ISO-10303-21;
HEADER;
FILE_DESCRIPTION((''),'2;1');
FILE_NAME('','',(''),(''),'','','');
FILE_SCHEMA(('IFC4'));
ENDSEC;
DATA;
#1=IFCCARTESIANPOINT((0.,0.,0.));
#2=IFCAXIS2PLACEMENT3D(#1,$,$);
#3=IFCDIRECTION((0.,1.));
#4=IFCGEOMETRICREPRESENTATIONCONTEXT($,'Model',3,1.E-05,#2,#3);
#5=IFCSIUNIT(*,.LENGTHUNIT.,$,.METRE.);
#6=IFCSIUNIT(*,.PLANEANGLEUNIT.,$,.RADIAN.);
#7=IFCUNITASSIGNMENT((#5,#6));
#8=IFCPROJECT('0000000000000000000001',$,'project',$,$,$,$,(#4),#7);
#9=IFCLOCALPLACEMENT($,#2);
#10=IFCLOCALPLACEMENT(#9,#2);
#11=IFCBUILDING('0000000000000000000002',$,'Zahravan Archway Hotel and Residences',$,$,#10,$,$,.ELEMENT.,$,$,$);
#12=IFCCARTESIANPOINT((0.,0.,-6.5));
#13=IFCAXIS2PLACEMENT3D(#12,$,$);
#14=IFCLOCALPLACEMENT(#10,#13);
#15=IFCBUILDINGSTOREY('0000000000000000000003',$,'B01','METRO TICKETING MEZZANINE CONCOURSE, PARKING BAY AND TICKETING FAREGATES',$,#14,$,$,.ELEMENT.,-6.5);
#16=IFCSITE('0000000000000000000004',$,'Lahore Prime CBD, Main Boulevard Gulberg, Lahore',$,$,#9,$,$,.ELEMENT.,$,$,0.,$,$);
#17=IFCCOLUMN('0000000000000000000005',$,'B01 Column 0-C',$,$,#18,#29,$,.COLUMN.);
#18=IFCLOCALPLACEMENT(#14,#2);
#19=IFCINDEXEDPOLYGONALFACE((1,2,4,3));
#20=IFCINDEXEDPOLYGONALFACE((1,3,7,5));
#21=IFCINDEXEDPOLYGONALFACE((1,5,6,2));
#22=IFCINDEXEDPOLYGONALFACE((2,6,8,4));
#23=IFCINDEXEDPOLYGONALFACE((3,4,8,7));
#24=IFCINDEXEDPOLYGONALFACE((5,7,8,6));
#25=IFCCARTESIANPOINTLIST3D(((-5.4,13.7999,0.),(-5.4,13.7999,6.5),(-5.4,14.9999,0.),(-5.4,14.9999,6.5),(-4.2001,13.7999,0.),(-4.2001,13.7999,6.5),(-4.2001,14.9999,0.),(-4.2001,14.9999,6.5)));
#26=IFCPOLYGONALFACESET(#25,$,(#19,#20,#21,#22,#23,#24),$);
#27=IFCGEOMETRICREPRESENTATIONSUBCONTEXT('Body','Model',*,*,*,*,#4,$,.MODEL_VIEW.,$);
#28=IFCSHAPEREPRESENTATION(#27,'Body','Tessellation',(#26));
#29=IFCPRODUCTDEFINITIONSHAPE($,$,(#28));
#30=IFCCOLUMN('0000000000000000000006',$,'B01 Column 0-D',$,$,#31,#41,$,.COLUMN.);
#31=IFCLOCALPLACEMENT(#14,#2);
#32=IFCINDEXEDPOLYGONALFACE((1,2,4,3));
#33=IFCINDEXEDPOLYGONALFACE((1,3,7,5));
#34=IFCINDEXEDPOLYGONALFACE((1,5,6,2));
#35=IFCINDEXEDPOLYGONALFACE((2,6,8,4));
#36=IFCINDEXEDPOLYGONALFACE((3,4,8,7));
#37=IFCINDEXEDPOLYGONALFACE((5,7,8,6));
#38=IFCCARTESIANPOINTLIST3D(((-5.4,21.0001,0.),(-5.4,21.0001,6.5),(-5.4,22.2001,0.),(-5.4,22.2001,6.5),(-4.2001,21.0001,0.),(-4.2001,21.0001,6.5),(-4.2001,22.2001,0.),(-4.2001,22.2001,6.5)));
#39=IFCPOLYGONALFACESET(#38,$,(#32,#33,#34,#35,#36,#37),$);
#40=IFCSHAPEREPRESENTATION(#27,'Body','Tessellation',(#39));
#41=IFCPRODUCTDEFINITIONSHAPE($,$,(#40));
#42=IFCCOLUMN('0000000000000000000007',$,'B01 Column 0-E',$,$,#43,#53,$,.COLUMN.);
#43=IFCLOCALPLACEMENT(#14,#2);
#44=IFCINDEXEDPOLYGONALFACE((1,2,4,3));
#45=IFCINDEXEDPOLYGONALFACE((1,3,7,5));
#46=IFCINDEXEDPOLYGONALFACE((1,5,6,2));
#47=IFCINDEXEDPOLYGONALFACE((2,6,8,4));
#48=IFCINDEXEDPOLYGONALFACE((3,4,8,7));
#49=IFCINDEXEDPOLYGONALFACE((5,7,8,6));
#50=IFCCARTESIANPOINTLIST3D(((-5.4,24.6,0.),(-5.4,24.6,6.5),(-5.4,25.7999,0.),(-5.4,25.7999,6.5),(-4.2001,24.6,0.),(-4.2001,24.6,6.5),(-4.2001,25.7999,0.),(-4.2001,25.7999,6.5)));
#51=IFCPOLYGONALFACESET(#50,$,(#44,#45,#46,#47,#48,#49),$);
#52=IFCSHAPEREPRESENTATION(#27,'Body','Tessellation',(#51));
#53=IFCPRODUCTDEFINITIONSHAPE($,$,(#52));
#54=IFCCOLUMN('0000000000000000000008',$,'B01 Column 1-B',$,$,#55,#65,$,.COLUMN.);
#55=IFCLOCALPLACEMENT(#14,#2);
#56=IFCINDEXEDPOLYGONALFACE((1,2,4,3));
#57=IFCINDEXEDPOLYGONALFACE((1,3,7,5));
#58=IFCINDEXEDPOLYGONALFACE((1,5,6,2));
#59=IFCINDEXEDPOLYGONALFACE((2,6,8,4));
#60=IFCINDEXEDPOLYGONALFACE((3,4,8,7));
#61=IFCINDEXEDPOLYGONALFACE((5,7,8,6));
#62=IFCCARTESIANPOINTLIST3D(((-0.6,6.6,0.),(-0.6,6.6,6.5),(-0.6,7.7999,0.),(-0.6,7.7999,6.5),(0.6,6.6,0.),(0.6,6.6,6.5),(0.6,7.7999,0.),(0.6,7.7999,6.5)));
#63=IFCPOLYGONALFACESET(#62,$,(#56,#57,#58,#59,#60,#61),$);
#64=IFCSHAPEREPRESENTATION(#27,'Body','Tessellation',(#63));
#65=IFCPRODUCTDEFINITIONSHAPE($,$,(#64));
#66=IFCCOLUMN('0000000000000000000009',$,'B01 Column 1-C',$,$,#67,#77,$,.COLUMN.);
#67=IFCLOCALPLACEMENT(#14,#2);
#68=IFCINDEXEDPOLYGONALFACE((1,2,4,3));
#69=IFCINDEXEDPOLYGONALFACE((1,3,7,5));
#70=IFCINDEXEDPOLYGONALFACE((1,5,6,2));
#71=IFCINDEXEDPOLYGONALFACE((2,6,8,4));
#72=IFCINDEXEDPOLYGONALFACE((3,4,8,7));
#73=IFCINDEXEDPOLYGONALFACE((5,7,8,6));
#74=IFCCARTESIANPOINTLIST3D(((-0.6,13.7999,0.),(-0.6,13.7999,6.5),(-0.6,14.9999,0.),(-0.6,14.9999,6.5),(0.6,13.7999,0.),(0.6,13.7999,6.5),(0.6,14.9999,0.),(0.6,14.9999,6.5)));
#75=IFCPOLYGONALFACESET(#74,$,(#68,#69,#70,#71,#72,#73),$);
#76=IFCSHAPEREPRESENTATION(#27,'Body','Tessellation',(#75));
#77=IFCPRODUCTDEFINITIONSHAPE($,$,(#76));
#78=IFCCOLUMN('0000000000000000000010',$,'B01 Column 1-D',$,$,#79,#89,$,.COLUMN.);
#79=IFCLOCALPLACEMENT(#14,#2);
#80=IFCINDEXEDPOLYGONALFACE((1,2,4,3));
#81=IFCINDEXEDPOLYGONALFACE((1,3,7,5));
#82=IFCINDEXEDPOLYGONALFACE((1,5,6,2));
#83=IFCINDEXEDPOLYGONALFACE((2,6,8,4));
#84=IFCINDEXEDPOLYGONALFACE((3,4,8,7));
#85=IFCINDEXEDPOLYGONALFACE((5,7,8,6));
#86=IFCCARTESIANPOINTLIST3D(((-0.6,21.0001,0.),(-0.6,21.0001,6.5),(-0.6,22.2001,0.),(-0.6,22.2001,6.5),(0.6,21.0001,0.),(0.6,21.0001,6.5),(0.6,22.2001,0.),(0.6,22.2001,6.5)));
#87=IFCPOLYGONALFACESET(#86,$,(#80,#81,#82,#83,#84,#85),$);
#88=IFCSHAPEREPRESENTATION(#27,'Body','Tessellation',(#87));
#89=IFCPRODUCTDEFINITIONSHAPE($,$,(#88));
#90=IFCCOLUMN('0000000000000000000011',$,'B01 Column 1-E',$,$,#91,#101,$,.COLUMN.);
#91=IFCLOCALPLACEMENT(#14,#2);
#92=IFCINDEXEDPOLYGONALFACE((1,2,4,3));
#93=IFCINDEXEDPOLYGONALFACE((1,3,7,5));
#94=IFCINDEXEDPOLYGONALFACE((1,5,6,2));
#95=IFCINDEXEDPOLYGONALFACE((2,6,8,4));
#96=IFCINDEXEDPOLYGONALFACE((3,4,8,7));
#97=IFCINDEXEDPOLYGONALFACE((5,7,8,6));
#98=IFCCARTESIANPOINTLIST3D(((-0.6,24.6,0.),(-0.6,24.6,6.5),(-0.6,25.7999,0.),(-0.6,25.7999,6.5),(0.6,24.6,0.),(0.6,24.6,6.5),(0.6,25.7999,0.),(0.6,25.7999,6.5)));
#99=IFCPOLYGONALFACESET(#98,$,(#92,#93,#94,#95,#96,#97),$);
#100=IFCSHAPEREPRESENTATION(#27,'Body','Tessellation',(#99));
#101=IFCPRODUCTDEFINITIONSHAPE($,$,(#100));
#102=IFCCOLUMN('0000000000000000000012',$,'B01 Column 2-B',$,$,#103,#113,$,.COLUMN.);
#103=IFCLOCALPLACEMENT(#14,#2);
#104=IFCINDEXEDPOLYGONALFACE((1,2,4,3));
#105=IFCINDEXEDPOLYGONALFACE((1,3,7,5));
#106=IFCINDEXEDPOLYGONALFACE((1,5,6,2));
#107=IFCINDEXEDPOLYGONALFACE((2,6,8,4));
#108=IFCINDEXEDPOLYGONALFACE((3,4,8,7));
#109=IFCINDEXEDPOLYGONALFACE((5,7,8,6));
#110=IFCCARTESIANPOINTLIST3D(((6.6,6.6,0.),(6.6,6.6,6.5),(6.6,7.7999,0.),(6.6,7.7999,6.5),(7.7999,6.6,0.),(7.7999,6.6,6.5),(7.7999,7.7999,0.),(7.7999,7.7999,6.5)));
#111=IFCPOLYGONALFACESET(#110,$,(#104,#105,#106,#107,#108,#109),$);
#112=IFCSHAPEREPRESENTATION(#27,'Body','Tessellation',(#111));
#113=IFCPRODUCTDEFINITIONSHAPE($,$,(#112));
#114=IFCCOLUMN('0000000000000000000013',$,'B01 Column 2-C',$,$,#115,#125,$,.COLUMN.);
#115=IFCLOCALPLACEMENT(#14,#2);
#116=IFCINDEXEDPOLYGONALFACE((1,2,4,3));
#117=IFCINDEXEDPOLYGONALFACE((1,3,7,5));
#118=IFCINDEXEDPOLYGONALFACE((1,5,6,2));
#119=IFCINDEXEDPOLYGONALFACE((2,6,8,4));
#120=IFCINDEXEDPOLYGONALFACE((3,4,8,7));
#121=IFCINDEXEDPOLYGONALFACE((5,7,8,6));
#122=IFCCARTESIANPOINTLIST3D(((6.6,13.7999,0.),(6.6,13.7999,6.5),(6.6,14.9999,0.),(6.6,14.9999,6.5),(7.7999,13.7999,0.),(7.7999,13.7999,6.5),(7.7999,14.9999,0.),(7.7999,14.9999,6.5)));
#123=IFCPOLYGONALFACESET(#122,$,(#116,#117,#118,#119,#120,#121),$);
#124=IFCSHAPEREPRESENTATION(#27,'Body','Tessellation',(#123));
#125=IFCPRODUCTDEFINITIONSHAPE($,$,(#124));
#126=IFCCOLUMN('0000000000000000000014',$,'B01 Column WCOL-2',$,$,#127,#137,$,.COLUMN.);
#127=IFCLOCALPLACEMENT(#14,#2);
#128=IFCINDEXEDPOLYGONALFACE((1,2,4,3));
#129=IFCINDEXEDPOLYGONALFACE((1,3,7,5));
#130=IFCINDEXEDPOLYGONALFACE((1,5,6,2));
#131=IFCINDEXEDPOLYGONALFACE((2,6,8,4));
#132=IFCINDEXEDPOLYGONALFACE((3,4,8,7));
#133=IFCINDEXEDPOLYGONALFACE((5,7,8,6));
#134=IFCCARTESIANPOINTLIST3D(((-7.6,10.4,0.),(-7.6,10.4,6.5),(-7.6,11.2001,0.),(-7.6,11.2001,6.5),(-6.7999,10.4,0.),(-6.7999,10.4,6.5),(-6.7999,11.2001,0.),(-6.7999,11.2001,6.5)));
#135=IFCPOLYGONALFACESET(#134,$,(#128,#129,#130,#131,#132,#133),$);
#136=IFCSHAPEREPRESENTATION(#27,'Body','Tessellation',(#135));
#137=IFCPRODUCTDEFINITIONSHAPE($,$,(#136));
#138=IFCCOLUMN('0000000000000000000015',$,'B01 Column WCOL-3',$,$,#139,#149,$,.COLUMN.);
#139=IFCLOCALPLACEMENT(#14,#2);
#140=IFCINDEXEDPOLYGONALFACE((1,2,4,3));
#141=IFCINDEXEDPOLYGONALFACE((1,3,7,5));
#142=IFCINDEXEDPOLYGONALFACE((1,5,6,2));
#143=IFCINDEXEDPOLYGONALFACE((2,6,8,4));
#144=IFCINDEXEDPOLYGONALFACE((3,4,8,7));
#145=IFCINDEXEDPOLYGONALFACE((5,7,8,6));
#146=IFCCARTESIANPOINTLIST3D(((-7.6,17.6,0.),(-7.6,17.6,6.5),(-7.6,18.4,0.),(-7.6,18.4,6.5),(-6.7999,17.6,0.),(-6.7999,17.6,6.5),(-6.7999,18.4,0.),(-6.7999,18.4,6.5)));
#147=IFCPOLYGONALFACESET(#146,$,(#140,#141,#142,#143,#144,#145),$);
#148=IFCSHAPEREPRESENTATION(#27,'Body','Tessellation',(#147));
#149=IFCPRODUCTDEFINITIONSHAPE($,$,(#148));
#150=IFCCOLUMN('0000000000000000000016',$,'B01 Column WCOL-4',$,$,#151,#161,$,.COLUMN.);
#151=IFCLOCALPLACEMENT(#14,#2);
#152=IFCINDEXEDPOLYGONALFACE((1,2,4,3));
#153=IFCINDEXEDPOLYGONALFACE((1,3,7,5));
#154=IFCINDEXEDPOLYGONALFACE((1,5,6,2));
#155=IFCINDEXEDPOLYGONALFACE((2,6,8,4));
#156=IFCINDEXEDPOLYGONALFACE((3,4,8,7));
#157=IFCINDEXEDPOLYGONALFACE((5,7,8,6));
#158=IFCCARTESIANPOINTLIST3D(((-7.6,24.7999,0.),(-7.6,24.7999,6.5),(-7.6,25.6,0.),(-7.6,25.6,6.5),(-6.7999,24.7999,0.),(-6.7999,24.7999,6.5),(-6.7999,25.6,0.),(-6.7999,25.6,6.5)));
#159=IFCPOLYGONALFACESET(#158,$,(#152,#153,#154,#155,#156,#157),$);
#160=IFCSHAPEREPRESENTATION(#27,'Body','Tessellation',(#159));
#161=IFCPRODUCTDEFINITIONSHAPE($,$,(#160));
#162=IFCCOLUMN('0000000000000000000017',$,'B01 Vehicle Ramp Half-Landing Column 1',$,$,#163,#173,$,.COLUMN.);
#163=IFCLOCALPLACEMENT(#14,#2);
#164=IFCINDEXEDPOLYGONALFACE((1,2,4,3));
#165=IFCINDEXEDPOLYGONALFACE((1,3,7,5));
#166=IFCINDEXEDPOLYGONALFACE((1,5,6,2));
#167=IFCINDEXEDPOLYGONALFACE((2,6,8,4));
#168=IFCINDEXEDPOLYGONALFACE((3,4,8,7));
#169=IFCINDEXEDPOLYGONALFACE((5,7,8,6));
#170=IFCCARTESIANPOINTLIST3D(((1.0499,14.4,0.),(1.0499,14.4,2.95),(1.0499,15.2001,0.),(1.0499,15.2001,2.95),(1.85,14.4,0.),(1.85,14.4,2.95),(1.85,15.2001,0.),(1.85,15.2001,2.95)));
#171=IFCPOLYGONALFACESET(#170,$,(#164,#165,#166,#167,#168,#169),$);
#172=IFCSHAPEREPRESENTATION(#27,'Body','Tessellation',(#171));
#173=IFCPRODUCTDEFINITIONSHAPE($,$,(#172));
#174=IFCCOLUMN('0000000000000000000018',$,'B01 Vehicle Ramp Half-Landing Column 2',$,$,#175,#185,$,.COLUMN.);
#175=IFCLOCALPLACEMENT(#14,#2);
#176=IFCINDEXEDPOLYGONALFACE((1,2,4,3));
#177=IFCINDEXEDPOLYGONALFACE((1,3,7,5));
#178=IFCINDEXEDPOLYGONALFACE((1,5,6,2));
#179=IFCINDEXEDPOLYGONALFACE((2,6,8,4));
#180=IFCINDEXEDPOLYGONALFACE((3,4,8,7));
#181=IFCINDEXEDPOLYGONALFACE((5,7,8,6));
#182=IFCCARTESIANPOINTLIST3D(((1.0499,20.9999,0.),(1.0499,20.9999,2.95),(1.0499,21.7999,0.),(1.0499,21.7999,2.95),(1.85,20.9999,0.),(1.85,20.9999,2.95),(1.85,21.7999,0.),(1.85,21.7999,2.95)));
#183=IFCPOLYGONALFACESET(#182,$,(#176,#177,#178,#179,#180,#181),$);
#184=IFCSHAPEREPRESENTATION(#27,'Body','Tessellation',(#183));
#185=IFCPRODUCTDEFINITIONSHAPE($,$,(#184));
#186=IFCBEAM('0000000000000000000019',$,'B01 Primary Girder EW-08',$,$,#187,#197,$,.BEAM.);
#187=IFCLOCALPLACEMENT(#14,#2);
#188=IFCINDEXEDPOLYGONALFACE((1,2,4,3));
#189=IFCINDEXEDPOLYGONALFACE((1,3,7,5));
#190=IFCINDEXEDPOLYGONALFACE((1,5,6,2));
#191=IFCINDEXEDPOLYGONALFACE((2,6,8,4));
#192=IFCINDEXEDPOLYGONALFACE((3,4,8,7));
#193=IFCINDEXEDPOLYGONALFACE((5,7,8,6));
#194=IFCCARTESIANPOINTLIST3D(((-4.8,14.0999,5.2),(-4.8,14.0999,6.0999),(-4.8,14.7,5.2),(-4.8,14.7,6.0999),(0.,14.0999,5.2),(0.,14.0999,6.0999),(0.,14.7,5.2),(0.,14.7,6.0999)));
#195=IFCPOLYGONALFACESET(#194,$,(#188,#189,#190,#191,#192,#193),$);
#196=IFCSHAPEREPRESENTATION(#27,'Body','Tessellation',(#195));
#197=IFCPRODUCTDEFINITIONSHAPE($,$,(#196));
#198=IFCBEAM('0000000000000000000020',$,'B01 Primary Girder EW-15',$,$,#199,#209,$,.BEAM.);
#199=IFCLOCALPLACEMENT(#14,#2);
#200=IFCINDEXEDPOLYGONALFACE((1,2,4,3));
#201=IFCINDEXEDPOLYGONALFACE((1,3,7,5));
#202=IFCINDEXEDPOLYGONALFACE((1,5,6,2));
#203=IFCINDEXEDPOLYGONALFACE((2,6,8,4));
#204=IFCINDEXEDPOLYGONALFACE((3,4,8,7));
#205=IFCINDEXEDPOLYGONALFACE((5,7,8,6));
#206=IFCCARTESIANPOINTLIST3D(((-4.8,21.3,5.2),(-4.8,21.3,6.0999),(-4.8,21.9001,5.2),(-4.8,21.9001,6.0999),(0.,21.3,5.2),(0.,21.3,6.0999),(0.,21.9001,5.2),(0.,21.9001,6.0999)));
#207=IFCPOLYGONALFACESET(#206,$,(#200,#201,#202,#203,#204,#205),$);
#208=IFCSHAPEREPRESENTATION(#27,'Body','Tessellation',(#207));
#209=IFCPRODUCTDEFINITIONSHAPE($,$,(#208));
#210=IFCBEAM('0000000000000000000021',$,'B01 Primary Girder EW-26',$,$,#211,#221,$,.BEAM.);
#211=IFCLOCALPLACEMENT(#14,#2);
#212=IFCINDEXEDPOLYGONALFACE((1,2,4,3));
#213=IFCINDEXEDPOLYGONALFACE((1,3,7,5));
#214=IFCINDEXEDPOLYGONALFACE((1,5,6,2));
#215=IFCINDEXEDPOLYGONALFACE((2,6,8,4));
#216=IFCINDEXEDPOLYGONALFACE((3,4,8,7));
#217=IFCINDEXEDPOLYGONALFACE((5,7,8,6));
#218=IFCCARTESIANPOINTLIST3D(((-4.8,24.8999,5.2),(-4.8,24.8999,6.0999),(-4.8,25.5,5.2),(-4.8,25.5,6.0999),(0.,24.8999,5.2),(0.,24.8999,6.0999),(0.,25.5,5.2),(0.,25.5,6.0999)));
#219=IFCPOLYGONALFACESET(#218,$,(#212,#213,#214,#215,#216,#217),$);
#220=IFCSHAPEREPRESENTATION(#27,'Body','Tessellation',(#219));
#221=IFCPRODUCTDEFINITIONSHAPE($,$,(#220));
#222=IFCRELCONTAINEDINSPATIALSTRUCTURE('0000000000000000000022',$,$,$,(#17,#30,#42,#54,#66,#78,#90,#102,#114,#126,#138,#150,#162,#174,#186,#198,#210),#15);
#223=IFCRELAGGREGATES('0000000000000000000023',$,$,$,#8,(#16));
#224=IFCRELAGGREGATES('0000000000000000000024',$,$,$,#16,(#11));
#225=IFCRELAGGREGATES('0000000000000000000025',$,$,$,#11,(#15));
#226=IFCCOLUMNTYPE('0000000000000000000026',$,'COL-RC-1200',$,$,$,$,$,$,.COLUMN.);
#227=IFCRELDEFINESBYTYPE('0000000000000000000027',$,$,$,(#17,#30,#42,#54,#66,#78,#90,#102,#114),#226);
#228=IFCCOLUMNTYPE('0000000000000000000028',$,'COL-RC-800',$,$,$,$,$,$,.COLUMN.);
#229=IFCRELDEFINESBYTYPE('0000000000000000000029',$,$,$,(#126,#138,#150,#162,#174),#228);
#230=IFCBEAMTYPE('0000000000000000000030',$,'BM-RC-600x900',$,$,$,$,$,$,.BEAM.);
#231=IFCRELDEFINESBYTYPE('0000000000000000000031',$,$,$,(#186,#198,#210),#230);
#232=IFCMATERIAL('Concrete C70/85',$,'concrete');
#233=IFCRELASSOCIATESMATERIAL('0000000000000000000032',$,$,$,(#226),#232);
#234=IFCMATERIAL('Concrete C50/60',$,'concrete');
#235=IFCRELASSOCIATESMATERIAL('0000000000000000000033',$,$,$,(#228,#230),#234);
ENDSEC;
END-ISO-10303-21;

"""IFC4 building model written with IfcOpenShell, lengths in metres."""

from ifc_helpers import new_model, si_unit, direction, frame, origin, origin_2d, place, context, subcontext, project, spatial, rectangle, extrude, source, transform, mapped, material, material_profile, profile_set, type_object, type_shapes, element, save


model = new_model("IFC4")

# Units and contexts
model_context = context("Model", 3, precision=1e-05, world=origin(), true_north=direction((0.0, 1.0)))
body_context = subcontext(model_context, "Body", "Model", "MODEL_VIEW")
ifc_project = project(units=[si_unit("LENGTHUNIT", "METRE"), si_unit("PLANEANGLEUNIT", "RADIAN")], contexts=[model_context])

# Site, building, storey
site_placement = place(None, origin())
site = spatial("IfcSite", under=ifc_project, at=site_placement, Name="Lahore Prime CBD, Main Boulevard Gulberg, Lahore", CompositionType="ELEMENT", RefElevation=0.0)
building_placement = place(site_placement, origin())
building = spatial("IfcBuilding", under=site, at=building_placement, Name="Zahravan Archway Hotel and Residences", CompositionType="ELEMENT")
storey_placement = place(building_placement, frame((0.0, 0.0, -6.5)))
storey = spatial("IfcBuildingStorey", under=building, at=storey_placement, Name="B01", Description="METRO TICKETING MEZZANINE CONCOURSE, PARKING BAY AND TICKETING FAREGATES", CompositionType="ELEMENT", Elevation=-6.5)

# Columns
ifc_material_1 = material(Name="Concrete C70/85", Category="concrete")
ifc_material_profile_1 = material_profile(ifc_material_1, rectangle(XDim=1.2, YDim=1.2, at=origin_2d()), Name="RC-COL-1200x1200", Category="concrete")
ifc_profile_set_1 = profile_set([ifc_material_profile_1], Name="Concrete C70/85")
column_type_1 = type_object("IfcColumnType", Name="COL-RC-1200", PredefinedType="COLUMN", material=ifc_profile_set_1)
shared_shape_1 = source(origin(), body_context, "Body", "SweptSolid", [
    extrude(rectangle(XDim=1.2, YDim=1.2, at=origin_2d()), origin(), (0.0, 0.0, 1.0), 6.5),
])
for number, where, z_axis, x_axis, name in (
    (1, (-4.8, 14.3999, 0.0), (0.0, 0.0, 1.0), (1.0, 0.0, 0.0), "B01 Column 0-C"),
    (2, (-4.8, 21.6001, 0.0), (0.0, 0.0, 1.0), (1.0, 0.0, 0.0), "B01 Column 0-D"),
    (3, (-4.8, 25.2, 0.0), (0.0, 0.0, 1.0), (1.0, 0.0, 0.0), "B01 Column 0-E"),
    (4, (0.0, 7.2, 0.0), (0.0, 0.0, 1.0), (1.0, 0.0, 0.0), "B01 Column 1-B"),
    (5, (0.0, 14.3999, 0.0), (0.0, 0.0, 1.0), (1.0, 0.0, 0.0), "B01 Column 1-C"),
    (6, (0.0, 21.6001, 0.0), (0.0, 0.0, 1.0), (1.0, 0.0, 0.0), "B01 Column 1-D"),
    (7, (0.0, 25.2, 0.0), (0.0, 0.0, 1.0), (1.0, 0.0, 0.0), "B01 Column 1-E"),
    (8, (7.2, 7.2, 0.0), (0.0, 0.0, 1.0), (1.0, 0.0, 0.0), "B01 Column 2-B"),
    (9, (7.2, 14.3999, 0.0), (0.0, 0.0, 1.0), (1.0, 0.0, 0.0), "B01 Column 2-C"),
):
    element("IfcColumn", number, at=place(storey_placement, frame(where, z_axis=z_axis, x_axis=x_axis)), inside=storey, type_object=column_type_1, Name=name, PredefinedType="COLUMN", context=body_context, shape_type="MappedRepresentation", body=[
        mapped(shared_shape_1, transform((0.0, 0.0, 0.0), scale=1.0)),
    ])
ifc_material_2 = material(Name="Concrete C50/60", Category="concrete")
ifc_material_profile_2 = material_profile(ifc_material_2, rectangle(XDim=0.8, YDim=0.8, at=origin_2d()), Name="RC-COL-800x800", Category="concrete")
ifc_profile_set_2 = profile_set([ifc_material_profile_2], Name="Concrete C50/60")
column_type_2 = type_object("IfcColumnType", Name="COL-RC-800", PredefinedType="COLUMN", material=ifc_profile_set_2)
shared_shape_2 = source(origin(), body_context, "Body", "SweptSolid", [
    extrude(rectangle(XDim=0.8, YDim=0.8, at=origin_2d()), origin(), (0.0, 0.0, 1.0), 6.5),
])
for number, where, z_axis, x_axis, name in (
    (10, (-7.2, 10.8, 0.0), (0.0, 0.0, 1.0), (1.0, 0.0, 0.0), "B01 Column WCOL-2"),
    (11, (-7.2, 18.0, 0.0), (0.0, 0.0, 1.0), (1.0, 0.0, 0.0), "B01 Column WCOL-3"),
    (12, (-7.2, 25.2, 0.0), (0.0, 0.0, 1.0), (1.0, 0.0, 0.0), "B01 Column WCOL-4"),
):
    element("IfcColumn", number, at=place(storey_placement, frame(where, z_axis=z_axis, x_axis=x_axis)), inside=storey, type_object=column_type_2, Name=name, PredefinedType="COLUMN", context=body_context, shape_type="MappedRepresentation", body=[
        mapped(shared_shape_2, transform((0.0, 0.0, 0.0), scale=1.0)),
    ])
shared_shape_3 = source(origin(), body_context, "Body", "SweptSolid", [
    extrude(rectangle(XDim=0.8, YDim=0.8, at=origin_2d()), origin(), (0.0, 0.0, 1.0), 2.95),
])
for number, where, z_axis, x_axis, name in (
    (13, (1.45, 14.8, 0.0), (0.0, 0.0, 1.0), (1.0, 0.0, 0.0), "B01 Vehicle Ramp Half-Landing Column 1"),
    (14, (1.45, 21.3999, 0.0), (0.0, 0.0, 1.0), (1.0, 0.0, 0.0), "B01 Vehicle Ramp Half-Landing Column 2"),
):
    element("IfcColumn", number, at=place(storey_placement, frame(where, z_axis=z_axis, x_axis=x_axis)), inside=storey, type_object=column_type_2, Name=name, PredefinedType="COLUMN", context=body_context, shape_type="MappedRepresentation", body=[
        mapped(shared_shape_3, transform((0.0, 0.0, 0.0), scale=1.0)),
    ])

# Beams
ifc_material_profile_3 = material_profile(ifc_material_2, rectangle(XDim=0.6001, YDim=0.8999, at=origin_2d()), Name="RC-BM-600x900", Category="concrete")
ifc_profile_set_3 = profile_set([ifc_material_profile_3], Name="Concrete C50/60")
beam_type_1 = type_object("IfcBeamType", Name="BM-RC-600x900", PredefinedType="BEAM", material=ifc_profile_set_3)
shared_shape_4 = source(origin(), body_context, "Body", "SweptSolid", [
    extrude(rectangle(XDim=0.6001, YDim=0.8999, at=origin_2d()), origin(), (0.0, 0.0, 1.0), 4.8),
])
type_shapes(beam_type_1, [shared_shape_4])
for number, where, z_axis, x_axis, name in (
    (15, (-4.8, 14.3999, 5.6499), (1.0, 0.0, 0.0), (0.0, 1.0, 0.0), "B01 Primary Girder EW-08"),
    (16, (-4.8, 21.6001, 5.6499), (1.0, 0.0, 0.0), (0.0, 1.0, 0.0), "B01 Primary Girder EW-15"),
    (17, (-4.8, 25.2, 5.6499), (1.0, 0.0, 0.0), (0.0, 1.0, 0.0), "B01 Primary Girder EW-26"),
):
    element("IfcBeam", number, at=place(storey_placement, frame(where, z_axis=z_axis, x_axis=x_axis)), inside=storey, type_object=beam_type_1, Name=name, PredefinedType="BEAM", context=body_context, shape_type="MappedRepresentation", body=[
        mapped(shared_shape_4, transform((0.0, 0.0, 0.0), scale=1.0)),
    ])

save(model, "model.ifc")
